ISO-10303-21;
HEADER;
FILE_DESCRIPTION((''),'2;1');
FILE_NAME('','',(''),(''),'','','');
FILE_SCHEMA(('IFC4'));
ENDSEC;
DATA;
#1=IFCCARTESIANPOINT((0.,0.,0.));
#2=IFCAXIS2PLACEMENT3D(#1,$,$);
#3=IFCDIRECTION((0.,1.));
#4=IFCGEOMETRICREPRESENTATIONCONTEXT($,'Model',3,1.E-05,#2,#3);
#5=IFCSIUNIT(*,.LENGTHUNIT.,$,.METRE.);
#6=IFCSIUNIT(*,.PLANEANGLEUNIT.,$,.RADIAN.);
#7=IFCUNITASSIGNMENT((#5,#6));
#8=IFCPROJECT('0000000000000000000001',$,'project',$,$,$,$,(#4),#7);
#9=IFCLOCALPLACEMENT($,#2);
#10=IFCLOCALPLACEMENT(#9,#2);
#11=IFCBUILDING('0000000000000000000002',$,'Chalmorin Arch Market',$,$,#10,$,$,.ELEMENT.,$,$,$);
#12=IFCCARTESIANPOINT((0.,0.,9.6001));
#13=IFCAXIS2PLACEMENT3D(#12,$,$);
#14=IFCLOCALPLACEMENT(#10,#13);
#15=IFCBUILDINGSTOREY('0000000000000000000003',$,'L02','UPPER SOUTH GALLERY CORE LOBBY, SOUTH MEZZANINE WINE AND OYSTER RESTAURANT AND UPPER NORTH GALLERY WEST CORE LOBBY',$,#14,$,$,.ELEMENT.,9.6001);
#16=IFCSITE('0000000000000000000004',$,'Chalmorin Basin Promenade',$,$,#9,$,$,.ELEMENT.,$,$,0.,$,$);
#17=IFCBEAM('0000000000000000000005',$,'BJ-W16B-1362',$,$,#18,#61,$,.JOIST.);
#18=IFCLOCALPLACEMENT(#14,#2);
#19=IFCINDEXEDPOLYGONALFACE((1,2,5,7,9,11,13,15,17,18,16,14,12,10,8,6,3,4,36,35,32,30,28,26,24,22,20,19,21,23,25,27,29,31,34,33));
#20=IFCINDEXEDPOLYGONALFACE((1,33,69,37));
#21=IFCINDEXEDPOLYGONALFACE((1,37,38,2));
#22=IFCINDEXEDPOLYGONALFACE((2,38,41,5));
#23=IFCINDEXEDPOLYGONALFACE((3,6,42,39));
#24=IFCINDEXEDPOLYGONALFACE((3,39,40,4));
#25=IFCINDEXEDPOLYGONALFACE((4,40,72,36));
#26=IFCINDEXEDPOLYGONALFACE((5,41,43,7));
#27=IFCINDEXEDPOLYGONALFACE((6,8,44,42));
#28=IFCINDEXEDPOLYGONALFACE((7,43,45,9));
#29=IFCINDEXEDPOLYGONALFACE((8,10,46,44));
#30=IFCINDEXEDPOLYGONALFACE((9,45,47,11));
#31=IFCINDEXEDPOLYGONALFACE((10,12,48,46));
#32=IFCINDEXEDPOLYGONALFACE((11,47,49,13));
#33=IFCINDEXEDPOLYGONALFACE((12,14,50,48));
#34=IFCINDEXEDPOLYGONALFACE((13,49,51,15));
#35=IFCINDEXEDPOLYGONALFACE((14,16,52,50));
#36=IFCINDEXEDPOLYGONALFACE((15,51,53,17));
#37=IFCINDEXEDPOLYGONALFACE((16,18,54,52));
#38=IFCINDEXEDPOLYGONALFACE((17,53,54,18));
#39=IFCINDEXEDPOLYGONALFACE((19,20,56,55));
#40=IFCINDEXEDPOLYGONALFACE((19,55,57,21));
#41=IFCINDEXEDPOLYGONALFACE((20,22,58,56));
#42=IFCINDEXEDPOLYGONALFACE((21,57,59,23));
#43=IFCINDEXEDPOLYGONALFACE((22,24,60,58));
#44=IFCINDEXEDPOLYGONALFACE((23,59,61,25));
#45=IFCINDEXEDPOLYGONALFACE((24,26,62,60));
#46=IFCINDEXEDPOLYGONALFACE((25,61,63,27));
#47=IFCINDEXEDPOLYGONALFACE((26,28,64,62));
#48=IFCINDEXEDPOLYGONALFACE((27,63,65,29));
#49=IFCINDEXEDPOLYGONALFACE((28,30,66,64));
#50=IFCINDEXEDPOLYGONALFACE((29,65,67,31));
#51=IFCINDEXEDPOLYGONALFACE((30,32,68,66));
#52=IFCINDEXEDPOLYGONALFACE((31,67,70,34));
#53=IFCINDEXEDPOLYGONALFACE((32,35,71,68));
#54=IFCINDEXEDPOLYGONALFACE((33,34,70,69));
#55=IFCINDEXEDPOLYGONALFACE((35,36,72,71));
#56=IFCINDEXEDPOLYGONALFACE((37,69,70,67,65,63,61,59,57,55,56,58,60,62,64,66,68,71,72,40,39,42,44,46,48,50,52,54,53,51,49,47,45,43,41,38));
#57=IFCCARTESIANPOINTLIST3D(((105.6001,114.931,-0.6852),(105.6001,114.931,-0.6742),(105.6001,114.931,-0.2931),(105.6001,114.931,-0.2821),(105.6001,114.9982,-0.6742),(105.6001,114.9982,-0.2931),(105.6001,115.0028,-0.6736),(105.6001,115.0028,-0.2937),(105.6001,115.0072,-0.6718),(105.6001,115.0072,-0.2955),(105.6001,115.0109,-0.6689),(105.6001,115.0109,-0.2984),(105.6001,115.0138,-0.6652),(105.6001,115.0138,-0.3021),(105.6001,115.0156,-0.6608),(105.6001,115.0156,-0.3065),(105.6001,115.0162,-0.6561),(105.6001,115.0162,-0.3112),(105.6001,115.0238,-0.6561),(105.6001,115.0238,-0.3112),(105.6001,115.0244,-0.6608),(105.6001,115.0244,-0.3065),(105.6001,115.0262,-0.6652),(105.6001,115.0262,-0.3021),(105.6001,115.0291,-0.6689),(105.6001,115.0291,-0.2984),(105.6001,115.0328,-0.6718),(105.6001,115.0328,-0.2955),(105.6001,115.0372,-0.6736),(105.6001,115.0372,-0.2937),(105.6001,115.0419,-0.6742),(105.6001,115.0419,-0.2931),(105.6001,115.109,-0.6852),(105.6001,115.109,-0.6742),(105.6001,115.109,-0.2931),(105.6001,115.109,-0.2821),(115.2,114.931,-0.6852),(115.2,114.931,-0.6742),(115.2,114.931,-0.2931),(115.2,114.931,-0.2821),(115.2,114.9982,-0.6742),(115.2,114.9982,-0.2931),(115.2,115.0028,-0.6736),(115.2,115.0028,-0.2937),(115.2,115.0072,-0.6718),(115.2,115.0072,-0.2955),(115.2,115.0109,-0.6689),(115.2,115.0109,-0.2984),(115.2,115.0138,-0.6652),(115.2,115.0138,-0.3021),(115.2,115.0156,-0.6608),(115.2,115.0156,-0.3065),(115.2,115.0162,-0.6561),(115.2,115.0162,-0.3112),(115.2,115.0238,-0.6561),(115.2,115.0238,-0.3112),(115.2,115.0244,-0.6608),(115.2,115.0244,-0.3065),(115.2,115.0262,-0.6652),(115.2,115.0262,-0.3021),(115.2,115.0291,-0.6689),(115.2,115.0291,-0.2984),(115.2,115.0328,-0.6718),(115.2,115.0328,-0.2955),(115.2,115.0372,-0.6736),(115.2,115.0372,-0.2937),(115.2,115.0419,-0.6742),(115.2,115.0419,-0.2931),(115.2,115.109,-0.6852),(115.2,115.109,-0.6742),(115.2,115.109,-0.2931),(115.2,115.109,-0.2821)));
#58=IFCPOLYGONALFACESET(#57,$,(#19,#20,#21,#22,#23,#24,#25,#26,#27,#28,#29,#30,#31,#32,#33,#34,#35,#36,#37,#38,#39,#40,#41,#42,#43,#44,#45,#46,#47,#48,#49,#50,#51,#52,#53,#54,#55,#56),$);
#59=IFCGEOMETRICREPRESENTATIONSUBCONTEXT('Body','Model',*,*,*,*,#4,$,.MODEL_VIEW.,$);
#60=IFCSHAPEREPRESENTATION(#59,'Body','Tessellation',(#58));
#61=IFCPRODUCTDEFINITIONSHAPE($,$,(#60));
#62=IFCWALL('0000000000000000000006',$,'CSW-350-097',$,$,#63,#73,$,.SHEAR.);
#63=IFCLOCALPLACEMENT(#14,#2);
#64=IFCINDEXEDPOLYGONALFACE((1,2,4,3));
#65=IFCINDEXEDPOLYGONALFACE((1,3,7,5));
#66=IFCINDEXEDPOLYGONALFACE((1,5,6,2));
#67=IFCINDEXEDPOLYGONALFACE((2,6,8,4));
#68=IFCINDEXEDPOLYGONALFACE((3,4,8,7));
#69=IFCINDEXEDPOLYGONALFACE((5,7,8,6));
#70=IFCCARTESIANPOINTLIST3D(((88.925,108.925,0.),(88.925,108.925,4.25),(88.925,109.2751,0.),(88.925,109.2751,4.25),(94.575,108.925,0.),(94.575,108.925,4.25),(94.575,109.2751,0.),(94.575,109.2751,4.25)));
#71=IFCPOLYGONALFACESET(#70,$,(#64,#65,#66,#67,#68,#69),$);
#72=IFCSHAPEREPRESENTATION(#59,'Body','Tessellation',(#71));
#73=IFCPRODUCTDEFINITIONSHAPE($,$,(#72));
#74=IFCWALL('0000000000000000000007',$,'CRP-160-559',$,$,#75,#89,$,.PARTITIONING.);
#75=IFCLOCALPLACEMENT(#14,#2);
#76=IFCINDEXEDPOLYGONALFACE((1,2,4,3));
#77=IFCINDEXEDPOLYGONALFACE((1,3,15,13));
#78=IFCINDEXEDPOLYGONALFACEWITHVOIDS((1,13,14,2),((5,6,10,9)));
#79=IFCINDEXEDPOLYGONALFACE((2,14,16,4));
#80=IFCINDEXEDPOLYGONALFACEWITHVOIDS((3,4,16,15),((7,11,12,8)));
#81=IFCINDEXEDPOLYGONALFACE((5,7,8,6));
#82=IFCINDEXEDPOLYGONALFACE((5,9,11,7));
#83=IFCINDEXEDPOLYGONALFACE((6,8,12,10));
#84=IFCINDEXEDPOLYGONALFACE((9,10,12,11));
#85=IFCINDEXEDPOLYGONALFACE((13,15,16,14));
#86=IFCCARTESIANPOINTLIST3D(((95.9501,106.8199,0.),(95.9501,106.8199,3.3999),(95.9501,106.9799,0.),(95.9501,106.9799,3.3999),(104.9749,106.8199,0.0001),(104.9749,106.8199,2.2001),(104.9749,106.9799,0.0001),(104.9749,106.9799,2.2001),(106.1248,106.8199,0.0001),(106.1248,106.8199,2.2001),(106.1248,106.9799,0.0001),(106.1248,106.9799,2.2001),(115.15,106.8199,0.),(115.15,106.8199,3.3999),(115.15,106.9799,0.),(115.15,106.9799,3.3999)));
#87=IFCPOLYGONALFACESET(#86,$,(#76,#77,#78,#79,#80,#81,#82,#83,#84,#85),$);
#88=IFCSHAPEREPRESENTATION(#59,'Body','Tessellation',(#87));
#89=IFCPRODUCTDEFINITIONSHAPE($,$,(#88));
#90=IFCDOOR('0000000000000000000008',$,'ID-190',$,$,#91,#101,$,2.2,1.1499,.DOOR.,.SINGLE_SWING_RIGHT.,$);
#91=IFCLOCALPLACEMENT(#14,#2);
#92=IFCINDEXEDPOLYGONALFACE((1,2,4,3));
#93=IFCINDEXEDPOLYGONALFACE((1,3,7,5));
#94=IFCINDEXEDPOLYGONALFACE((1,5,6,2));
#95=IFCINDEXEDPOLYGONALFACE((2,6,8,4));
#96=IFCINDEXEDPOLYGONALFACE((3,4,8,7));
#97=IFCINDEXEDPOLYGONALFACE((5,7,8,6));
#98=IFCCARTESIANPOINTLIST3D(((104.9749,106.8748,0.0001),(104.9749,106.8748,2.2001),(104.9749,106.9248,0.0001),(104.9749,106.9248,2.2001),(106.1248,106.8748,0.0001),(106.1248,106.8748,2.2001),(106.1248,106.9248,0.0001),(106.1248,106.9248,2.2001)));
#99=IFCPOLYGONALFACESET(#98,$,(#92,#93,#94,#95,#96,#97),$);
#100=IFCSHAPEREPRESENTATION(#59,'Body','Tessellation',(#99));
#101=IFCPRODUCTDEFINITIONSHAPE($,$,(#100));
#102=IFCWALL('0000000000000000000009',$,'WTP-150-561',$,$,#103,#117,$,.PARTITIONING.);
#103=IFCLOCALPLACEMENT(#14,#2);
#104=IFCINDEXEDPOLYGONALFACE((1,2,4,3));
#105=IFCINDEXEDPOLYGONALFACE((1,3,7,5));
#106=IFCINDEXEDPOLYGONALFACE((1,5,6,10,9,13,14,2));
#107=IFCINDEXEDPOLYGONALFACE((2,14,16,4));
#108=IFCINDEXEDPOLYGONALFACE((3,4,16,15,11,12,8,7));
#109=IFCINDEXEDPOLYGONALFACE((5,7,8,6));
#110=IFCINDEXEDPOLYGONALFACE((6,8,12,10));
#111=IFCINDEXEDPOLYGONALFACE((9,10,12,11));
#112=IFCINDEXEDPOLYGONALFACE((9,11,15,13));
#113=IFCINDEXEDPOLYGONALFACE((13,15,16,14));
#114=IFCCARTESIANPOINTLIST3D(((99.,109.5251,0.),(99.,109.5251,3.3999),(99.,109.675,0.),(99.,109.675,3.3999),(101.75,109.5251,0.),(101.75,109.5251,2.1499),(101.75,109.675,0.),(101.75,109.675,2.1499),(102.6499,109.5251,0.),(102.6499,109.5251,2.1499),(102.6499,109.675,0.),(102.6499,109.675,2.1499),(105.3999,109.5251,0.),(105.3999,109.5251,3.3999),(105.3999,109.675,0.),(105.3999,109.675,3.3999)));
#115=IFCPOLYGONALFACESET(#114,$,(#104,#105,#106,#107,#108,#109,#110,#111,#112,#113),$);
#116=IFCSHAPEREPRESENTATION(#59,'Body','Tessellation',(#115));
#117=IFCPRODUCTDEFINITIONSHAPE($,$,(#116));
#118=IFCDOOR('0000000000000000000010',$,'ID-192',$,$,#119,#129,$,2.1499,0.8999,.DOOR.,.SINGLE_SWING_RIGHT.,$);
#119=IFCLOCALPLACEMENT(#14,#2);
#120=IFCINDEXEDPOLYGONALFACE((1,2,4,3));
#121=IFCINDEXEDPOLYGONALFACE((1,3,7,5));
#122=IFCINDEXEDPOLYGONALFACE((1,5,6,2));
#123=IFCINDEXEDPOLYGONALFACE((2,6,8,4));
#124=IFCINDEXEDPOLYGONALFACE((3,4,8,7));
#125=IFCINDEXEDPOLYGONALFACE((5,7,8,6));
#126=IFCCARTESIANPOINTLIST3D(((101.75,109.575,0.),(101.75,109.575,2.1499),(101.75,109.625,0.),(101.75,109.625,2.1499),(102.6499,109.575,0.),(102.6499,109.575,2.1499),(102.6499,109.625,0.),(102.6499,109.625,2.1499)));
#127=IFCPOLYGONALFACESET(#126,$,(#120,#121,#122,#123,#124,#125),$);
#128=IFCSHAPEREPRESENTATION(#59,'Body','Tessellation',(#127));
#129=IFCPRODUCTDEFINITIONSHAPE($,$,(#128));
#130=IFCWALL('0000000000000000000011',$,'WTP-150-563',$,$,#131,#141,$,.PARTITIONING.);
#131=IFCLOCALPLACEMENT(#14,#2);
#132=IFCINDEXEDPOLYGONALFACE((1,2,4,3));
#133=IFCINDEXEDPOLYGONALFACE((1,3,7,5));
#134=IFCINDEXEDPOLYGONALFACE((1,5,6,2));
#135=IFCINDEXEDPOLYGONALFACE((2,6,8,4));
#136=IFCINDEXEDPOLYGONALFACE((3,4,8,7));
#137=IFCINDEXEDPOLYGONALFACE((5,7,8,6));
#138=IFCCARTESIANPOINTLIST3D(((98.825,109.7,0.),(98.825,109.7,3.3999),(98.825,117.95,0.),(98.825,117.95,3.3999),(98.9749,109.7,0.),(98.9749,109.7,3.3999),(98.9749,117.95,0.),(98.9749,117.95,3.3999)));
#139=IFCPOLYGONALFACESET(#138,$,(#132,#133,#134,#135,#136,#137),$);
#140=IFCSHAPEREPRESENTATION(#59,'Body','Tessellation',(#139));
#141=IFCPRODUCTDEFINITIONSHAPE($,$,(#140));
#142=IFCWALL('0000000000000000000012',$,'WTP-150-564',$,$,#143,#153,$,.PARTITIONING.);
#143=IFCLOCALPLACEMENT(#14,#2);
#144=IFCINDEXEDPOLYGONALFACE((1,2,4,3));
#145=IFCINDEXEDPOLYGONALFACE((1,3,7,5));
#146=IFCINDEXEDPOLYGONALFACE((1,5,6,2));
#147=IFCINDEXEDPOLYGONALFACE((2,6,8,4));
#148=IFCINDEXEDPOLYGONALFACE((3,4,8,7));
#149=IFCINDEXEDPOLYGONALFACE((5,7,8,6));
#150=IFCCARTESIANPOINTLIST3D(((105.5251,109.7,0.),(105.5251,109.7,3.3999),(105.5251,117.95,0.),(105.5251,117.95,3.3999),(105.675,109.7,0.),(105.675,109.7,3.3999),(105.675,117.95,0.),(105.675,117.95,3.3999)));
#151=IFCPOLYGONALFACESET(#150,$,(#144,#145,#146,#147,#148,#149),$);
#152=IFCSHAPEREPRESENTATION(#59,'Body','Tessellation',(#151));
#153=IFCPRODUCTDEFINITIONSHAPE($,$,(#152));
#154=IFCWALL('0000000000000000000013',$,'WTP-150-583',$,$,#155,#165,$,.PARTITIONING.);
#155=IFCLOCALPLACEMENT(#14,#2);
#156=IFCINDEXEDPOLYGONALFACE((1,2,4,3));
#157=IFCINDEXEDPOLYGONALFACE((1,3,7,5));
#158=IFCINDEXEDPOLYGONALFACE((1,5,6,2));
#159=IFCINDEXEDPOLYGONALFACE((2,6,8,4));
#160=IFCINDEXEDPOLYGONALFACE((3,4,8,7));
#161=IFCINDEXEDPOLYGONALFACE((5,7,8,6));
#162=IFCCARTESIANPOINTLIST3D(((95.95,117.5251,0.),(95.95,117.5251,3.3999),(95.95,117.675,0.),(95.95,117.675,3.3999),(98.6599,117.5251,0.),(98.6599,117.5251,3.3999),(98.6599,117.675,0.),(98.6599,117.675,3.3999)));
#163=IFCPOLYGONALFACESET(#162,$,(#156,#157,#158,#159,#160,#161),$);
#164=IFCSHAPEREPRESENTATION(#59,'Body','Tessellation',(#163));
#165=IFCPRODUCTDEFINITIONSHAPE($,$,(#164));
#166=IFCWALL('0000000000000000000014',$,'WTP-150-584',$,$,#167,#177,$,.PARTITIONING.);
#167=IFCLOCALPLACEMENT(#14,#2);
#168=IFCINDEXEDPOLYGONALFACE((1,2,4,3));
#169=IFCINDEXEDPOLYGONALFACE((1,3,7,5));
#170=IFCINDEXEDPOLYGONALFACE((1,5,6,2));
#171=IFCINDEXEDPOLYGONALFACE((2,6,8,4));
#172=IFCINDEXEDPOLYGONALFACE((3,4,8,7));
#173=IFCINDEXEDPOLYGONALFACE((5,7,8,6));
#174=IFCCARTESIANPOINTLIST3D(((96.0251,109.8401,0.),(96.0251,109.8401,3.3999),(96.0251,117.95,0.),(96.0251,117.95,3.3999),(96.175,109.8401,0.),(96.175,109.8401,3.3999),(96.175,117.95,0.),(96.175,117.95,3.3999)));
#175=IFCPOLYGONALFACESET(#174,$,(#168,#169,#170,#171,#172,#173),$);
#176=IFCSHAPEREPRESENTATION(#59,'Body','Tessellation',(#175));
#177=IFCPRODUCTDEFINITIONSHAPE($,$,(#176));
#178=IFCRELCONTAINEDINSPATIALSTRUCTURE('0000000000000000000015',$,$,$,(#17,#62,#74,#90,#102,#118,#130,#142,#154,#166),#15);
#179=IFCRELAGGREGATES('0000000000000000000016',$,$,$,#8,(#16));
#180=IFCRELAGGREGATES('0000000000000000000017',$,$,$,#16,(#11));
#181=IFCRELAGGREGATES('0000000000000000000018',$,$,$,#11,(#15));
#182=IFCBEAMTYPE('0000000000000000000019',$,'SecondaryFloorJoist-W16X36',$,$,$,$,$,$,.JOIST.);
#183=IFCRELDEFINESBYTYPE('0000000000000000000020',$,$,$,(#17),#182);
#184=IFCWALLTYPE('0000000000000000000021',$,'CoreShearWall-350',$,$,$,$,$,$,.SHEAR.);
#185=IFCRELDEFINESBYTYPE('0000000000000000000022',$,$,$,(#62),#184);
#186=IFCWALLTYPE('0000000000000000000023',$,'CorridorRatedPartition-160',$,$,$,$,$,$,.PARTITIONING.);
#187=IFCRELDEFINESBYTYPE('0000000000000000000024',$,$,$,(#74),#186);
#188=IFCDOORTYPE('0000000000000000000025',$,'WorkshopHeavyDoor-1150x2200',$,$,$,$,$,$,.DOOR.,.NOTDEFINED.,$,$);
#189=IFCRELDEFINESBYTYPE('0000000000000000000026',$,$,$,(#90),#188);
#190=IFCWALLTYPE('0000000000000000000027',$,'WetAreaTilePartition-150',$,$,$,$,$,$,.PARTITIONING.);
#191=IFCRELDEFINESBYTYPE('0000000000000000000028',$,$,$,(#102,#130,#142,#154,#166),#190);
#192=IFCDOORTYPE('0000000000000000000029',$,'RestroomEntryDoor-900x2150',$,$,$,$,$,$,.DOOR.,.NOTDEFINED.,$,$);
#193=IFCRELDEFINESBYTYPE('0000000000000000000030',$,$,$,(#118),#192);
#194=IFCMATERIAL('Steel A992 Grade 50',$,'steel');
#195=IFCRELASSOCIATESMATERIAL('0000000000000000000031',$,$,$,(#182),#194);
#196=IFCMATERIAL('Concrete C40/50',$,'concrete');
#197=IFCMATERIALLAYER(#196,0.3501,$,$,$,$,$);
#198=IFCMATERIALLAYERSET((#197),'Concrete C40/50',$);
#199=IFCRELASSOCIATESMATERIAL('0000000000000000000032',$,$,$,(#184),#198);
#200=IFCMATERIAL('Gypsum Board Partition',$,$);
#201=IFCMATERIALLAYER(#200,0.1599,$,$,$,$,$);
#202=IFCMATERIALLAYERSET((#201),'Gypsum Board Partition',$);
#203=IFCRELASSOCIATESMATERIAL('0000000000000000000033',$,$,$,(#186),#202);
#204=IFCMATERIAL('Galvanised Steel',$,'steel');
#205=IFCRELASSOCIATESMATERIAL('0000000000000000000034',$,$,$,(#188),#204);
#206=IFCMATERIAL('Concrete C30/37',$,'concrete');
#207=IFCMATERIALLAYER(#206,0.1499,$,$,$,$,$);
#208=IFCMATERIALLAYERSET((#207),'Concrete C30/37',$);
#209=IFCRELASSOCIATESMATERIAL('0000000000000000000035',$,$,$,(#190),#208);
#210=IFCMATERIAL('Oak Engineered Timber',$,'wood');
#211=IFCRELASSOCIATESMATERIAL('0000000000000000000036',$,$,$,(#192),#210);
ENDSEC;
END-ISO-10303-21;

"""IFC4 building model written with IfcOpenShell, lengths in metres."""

from ifc_helpers import new_model, si_unit, direction, frame, frame_2d, origin, origin_2d, place, context, subcontext, project, spatial, rectangle, i_section, extrude, material, layer, layer_set, material_profile, profile_set, type_object, element, fill, save


model = new_model("IFC4")

# Units and contexts
model_context = context("Model", 3, precision=1e-05, world=origin(), true_north=direction((0.0, 1.0)))
body_context = subcontext(model_context, "Body", "Model", "MODEL_VIEW")
ifc_project = project(units=[si_unit("LENGTHUNIT", "METRE"), si_unit("PLANEANGLEUNIT", "RADIAN")], contexts=[model_context])

# Site, building, storey
site_placement = place(None, origin())
site = spatial("IfcSite", under=ifc_project, at=site_placement, Name="Chalmorin Basin Promenade", CompositionType="ELEMENT", RefElevation=0.0)
building_placement = place(site_placement, origin())
building = spatial("IfcBuilding", under=site, at=building_placement, Name="Chalmorin Arch Market", CompositionType="ELEMENT")
storey_placement = place(building_placement, frame((0.0, 0.0, 9.6001)))
storey = spatial("IfcBuildingStorey", under=building, at=storey_placement, Name="L02", Description="UPPER SOUTH GALLERY CORE LOBBY, SOUTH MEZZANINE WINE AND OYSTER RESTAURANT AND UPPER NORTH GALLERY WEST CORE LOBBY", CompositionType="ELEMENT", Elevation=9.6001)

# Shared definitions
ifc_material_1 = material(Name="Concrete C40/50", Category="concrete")

# Beam
ifc_material_2 = material(Name="Steel A992 Grade 50", Category="steel")
ifc_material_profile_1 = material_profile(ifc_material_2, i_section(OverallWidth=0.178, OverallDepth=0.4031, WebThickness=0.0076, FlangeThickness=0.011, FilletRadius=0.0181, at=origin_2d()), Name="W16X36")
ifc_profile_set_1 = profile_set([ifc_material_profile_1], Name="Steel A992 Grade 50")
beam_type_1 = type_object("IfcBeamType", Name="SecondaryFloorJoist-W16X36", PredefinedType="JOIST", material=ifc_profile_set_1)
for number, where, z_axis, x_axis, name in (
    (1, (105.6001, 115.02, -0.4836), (1.0, 0.0, 0.0), (0.0, 1.0, 0.0), "BJ-W16B-1362"),
):
    element("IfcBeam", number, at=place(storey_placement, frame(where, z_axis=z_axis, x_axis=x_axis)), inside=storey, type_object=beam_type_1, Name=name, PredefinedType="JOIST", context=body_context, shape_type="SweptSolid", body=[
        extrude(i_section(OverallWidth=0.178, OverallDepth=0.4031, WebThickness=0.0076, FlangeThickness=0.011, FilletRadius=0.0181, at=origin_2d()), origin(), (0.0, 0.0, 1.0), 9.5999),
    ])

# Wall
ifc_layer_1 = layer(ifc_material_1, 0.3501)
ifc_layer_set_1 = layer_set([ifc_layer_1], Name="Concrete C40/50")
wall_type_1 = type_object("IfcWallType", Name="CoreShearWall-350", PredefinedType="SHEAR", material=ifc_layer_set_1)
wall_1_placement = place(storey_placement, frame((94.575, 109.1001, 0.0), z_axis=(0.0, 0.0, 1.0), x_axis=(-1.0, 0.0, 0.0)))
element("IfcWall", 2, at=wall_1_placement, inside=storey, type_object=wall_type_1, Name="CSW-350-097", PredefinedType="SHEAR", context=body_context, shape_type="SweptSolid", body=[
    extrude(rectangle(XDim=5.6499, YDim=0.3501, at=frame_2d((2.825, 0.0))), origin(), (0.0, 0.0, 1.0), 4.25),
])

# Walls, openings, doors
ifc_material_3 = material(Name="Gypsum Board Partition")
ifc_layer_2 = layer(ifc_material_3, 0.1599)
ifc_layer_set_2 = layer_set([ifc_layer_2], Name="Gypsum Board Partition")
wall_type_2 = type_object("IfcWallType", Name="CorridorRatedPartition-160", PredefinedType="PARTITIONING", material=ifc_layer_set_2)
wall_2_placement = place(storey_placement, frame((95.95, 106.8999, 0.0), z_axis=(0.0, 0.0, 1.0), x_axis=(1.0, 0.0, 0.0)))
wall_2 = element("IfcWall", 3, at=wall_2_placement, inside=storey, type_object=wall_type_2, Name="CRP-160-559", PredefinedType="PARTITIONING", context=body_context, shape_type="SweptSolid", body=[
    extrude(rectangle(XDim=19.2, YDim=0.1599, at=frame_2d((9.6001, 0.0))), origin(), (0.0, 0.0, 1.0), 3.3999),
])
opening_1_placement = place(wall_2_placement, frame((9.0249, 0.0, 0.0)))
opening_1 = element("IfcOpeningElement", 4, at=opening_1_placement, cuts=wall_2, PredefinedType="OPENING", context=body_context, shape_type="SweptSolid", body=[
    extrude(rectangle(XDim=1.1499, YDim=2.2, at=frame_2d((0.575, 1.1001))), frame((0.0, 0.0898, 0.0), z_axis=(0.0, -1.0, 0.0), x_axis=(1.0, 0.0, 0.0)), (0.0, 0.0, 1.0), 0.1799),
])
ifc_material_4 = material(Name="Galvanised Steel", Category="steel")
door_type_1 = type_object("IfcDoorType", Name="WorkshopHeavyDoor-1150x2200", OperationType="NOTDEFINED", PredefinedType="DOOR", material=ifc_material_4)
door_1_placement = place(opening_1_placement, origin())
door_1 = element("IfcDoor", 5, at=door_1_placement, inside=storey, type_object=door_type_1, Name="ID-190", OperationType="SINGLE_SWING_RIGHT", OverallHeight=2.2, OverallWidth=1.1499, PredefinedType="DOOR", context=body_context, shape_type="SweptSolid", body=[
    extrude(rectangle(XDim=1.1499, YDim=2.2, at=frame_2d((0.575, 1.1001))), frame((0.0, 0.0249, 0.0), z_axis=(0.0, -1.0, 0.0), x_axis=(1.0, 0.0, 0.0)), (0.0, 0.0, 1.0), 0.05),
])
fill(opening_1, door_1)
ifc_material_5 = material(Name="Concrete C30/37", Category="concrete")
ifc_layer_3 = layer(ifc_material_5, 0.1499)
ifc_layer_set_3 = layer_set([ifc_layer_3], Name="Concrete C30/37")
wall_type_3 = type_object("IfcWallType", Name="WetAreaTilePartition-150", PredefinedType="PARTITIONING", material=ifc_layer_set_3)
ifc_material_6 = material(Name="Oak Engineered Timber", Category="wood")
wall_3_placement = place(storey_placement, frame((99.0, 109.6001, 0.0), z_axis=(0.0, 0.0, 1.0), x_axis=(1.0, 0.0, 0.0)))
wall_3 = element("IfcWall", 6, at=wall_3_placement, inside=storey, type_object=wall_type_3, Name="WTP-150-561", PredefinedType="PARTITIONING", context=body_context, shape_type="SweptSolid", body=[
    extrude(rectangle(XDim=6.3999, YDim=0.1499, at=frame_2d((3.2, 0.0))), origin(), (0.0, 0.0, 1.0), 3.3999),
])
opening_2_placement = place(wall_3_placement, frame((2.75, 0.0, 0.0)))
opening_2 = element("IfcOpeningElement", 7, at=opening_2_placement, cuts=wall_3, PredefinedType="OPENING", context=body_context, shape_type="SweptSolid", body=[
    extrude(rectangle(XDim=0.8999, YDim=2.1499, at=frame_2d((0.45, 1.075))), frame((0.0, 0.085, 0.0), z_axis=(0.0, -1.0, 0.0), x_axis=(1.0, 0.0, 0.0)), (0.0, 0.0, 1.0), 0.1699),
])
door_type_2 = type_object("IfcDoorType", Name="RestroomEntryDoor-900x2150", OperationType="NOTDEFINED", PredefinedType="DOOR", material=ifc_material_6)
door_2_placement = place(opening_2_placement, origin())
door_2 = element("IfcDoor", 8, at=door_2_placement, inside=storey, type_object=door_type_2, Name="ID-192", OperationType="SINGLE_SWING_RIGHT", OverallHeight=2.1499, OverallWidth=0.8999, PredefinedType="DOOR", context=body_context, shape_type="SweptSolid", body=[
    extrude(rectangle(XDim=0.8999, YDim=2.1499, at=frame_2d((0.45, 1.075))), frame((0.0, 0.0249, 0.0), z_axis=(0.0, -1.0, 0.0), x_axis=(1.0, 0.0, 0.0)), (0.0, 0.0, 1.0), 0.05),
])
fill(opening_2, door_2)

# Walls
for number, where, z_axis, x_axis, name in (
    (9, (98.8999, 109.7, 0.0), (0.0, 0.0, 1.0), (0.0, 1.0, 0.0), "WTP-150-563"),
    (10, (105.6001, 109.7, 0.0), (0.0, 0.0, 1.0), (0.0, 1.0, 0.0), "WTP-150-564"),
):
    element("IfcWall", number, at=place(storey_placement, frame(where, z_axis=z_axis, x_axis=x_axis)), inside=storey, type_object=wall_type_3, Name=name, PredefinedType="PARTITIONING", context=body_context, shape_type="SweptSolid", body=[
        extrude(rectangle(XDim=8.25, YDim=0.1499, at=frame_2d((4.125, 0.0))), origin(), (0.0, 0.0, 1.0), 3.3999),
    ])
wall_4_placement = place(storey_placement, frame((95.95, 117.6001, 0.0), z_axis=(0.0, 0.0, 1.0), x_axis=(1.0, 0.0, 0.0)))
element("IfcWall", 11, at=wall_4_placement, inside=storey, type_object=wall_type_3, Name="WTP-150-583", PredefinedType="PARTITIONING", context=body_context, shape_type="SweptSolid", body=[
    extrude(rectangle(XDim=2.71, YDim=0.1499, at=frame_2d((1.355, 0.0))), origin(), (0.0, 0.0, 1.0), 3.3999),
])
wall_5_placement = place(storey_placement, frame((96.1001, 109.8401, 0.0), z_axis=(0.0, 0.0, 1.0), x_axis=(0.0, 1.0, 0.0)))
element("IfcWall", 12, at=wall_5_placement, inside=storey, type_object=wall_type_3, Name="WTP-150-584", PredefinedType="PARTITIONING", context=body_context, shape_type="SweptSolid", body=[
    extrude(rectangle(XDim=8.1099, YDim=0.1499, at=frame_2d((4.0549, 0.0))), origin(), (0.0, 0.0, 1.0), 3.3999),
])

save(model, "model.ifc")
